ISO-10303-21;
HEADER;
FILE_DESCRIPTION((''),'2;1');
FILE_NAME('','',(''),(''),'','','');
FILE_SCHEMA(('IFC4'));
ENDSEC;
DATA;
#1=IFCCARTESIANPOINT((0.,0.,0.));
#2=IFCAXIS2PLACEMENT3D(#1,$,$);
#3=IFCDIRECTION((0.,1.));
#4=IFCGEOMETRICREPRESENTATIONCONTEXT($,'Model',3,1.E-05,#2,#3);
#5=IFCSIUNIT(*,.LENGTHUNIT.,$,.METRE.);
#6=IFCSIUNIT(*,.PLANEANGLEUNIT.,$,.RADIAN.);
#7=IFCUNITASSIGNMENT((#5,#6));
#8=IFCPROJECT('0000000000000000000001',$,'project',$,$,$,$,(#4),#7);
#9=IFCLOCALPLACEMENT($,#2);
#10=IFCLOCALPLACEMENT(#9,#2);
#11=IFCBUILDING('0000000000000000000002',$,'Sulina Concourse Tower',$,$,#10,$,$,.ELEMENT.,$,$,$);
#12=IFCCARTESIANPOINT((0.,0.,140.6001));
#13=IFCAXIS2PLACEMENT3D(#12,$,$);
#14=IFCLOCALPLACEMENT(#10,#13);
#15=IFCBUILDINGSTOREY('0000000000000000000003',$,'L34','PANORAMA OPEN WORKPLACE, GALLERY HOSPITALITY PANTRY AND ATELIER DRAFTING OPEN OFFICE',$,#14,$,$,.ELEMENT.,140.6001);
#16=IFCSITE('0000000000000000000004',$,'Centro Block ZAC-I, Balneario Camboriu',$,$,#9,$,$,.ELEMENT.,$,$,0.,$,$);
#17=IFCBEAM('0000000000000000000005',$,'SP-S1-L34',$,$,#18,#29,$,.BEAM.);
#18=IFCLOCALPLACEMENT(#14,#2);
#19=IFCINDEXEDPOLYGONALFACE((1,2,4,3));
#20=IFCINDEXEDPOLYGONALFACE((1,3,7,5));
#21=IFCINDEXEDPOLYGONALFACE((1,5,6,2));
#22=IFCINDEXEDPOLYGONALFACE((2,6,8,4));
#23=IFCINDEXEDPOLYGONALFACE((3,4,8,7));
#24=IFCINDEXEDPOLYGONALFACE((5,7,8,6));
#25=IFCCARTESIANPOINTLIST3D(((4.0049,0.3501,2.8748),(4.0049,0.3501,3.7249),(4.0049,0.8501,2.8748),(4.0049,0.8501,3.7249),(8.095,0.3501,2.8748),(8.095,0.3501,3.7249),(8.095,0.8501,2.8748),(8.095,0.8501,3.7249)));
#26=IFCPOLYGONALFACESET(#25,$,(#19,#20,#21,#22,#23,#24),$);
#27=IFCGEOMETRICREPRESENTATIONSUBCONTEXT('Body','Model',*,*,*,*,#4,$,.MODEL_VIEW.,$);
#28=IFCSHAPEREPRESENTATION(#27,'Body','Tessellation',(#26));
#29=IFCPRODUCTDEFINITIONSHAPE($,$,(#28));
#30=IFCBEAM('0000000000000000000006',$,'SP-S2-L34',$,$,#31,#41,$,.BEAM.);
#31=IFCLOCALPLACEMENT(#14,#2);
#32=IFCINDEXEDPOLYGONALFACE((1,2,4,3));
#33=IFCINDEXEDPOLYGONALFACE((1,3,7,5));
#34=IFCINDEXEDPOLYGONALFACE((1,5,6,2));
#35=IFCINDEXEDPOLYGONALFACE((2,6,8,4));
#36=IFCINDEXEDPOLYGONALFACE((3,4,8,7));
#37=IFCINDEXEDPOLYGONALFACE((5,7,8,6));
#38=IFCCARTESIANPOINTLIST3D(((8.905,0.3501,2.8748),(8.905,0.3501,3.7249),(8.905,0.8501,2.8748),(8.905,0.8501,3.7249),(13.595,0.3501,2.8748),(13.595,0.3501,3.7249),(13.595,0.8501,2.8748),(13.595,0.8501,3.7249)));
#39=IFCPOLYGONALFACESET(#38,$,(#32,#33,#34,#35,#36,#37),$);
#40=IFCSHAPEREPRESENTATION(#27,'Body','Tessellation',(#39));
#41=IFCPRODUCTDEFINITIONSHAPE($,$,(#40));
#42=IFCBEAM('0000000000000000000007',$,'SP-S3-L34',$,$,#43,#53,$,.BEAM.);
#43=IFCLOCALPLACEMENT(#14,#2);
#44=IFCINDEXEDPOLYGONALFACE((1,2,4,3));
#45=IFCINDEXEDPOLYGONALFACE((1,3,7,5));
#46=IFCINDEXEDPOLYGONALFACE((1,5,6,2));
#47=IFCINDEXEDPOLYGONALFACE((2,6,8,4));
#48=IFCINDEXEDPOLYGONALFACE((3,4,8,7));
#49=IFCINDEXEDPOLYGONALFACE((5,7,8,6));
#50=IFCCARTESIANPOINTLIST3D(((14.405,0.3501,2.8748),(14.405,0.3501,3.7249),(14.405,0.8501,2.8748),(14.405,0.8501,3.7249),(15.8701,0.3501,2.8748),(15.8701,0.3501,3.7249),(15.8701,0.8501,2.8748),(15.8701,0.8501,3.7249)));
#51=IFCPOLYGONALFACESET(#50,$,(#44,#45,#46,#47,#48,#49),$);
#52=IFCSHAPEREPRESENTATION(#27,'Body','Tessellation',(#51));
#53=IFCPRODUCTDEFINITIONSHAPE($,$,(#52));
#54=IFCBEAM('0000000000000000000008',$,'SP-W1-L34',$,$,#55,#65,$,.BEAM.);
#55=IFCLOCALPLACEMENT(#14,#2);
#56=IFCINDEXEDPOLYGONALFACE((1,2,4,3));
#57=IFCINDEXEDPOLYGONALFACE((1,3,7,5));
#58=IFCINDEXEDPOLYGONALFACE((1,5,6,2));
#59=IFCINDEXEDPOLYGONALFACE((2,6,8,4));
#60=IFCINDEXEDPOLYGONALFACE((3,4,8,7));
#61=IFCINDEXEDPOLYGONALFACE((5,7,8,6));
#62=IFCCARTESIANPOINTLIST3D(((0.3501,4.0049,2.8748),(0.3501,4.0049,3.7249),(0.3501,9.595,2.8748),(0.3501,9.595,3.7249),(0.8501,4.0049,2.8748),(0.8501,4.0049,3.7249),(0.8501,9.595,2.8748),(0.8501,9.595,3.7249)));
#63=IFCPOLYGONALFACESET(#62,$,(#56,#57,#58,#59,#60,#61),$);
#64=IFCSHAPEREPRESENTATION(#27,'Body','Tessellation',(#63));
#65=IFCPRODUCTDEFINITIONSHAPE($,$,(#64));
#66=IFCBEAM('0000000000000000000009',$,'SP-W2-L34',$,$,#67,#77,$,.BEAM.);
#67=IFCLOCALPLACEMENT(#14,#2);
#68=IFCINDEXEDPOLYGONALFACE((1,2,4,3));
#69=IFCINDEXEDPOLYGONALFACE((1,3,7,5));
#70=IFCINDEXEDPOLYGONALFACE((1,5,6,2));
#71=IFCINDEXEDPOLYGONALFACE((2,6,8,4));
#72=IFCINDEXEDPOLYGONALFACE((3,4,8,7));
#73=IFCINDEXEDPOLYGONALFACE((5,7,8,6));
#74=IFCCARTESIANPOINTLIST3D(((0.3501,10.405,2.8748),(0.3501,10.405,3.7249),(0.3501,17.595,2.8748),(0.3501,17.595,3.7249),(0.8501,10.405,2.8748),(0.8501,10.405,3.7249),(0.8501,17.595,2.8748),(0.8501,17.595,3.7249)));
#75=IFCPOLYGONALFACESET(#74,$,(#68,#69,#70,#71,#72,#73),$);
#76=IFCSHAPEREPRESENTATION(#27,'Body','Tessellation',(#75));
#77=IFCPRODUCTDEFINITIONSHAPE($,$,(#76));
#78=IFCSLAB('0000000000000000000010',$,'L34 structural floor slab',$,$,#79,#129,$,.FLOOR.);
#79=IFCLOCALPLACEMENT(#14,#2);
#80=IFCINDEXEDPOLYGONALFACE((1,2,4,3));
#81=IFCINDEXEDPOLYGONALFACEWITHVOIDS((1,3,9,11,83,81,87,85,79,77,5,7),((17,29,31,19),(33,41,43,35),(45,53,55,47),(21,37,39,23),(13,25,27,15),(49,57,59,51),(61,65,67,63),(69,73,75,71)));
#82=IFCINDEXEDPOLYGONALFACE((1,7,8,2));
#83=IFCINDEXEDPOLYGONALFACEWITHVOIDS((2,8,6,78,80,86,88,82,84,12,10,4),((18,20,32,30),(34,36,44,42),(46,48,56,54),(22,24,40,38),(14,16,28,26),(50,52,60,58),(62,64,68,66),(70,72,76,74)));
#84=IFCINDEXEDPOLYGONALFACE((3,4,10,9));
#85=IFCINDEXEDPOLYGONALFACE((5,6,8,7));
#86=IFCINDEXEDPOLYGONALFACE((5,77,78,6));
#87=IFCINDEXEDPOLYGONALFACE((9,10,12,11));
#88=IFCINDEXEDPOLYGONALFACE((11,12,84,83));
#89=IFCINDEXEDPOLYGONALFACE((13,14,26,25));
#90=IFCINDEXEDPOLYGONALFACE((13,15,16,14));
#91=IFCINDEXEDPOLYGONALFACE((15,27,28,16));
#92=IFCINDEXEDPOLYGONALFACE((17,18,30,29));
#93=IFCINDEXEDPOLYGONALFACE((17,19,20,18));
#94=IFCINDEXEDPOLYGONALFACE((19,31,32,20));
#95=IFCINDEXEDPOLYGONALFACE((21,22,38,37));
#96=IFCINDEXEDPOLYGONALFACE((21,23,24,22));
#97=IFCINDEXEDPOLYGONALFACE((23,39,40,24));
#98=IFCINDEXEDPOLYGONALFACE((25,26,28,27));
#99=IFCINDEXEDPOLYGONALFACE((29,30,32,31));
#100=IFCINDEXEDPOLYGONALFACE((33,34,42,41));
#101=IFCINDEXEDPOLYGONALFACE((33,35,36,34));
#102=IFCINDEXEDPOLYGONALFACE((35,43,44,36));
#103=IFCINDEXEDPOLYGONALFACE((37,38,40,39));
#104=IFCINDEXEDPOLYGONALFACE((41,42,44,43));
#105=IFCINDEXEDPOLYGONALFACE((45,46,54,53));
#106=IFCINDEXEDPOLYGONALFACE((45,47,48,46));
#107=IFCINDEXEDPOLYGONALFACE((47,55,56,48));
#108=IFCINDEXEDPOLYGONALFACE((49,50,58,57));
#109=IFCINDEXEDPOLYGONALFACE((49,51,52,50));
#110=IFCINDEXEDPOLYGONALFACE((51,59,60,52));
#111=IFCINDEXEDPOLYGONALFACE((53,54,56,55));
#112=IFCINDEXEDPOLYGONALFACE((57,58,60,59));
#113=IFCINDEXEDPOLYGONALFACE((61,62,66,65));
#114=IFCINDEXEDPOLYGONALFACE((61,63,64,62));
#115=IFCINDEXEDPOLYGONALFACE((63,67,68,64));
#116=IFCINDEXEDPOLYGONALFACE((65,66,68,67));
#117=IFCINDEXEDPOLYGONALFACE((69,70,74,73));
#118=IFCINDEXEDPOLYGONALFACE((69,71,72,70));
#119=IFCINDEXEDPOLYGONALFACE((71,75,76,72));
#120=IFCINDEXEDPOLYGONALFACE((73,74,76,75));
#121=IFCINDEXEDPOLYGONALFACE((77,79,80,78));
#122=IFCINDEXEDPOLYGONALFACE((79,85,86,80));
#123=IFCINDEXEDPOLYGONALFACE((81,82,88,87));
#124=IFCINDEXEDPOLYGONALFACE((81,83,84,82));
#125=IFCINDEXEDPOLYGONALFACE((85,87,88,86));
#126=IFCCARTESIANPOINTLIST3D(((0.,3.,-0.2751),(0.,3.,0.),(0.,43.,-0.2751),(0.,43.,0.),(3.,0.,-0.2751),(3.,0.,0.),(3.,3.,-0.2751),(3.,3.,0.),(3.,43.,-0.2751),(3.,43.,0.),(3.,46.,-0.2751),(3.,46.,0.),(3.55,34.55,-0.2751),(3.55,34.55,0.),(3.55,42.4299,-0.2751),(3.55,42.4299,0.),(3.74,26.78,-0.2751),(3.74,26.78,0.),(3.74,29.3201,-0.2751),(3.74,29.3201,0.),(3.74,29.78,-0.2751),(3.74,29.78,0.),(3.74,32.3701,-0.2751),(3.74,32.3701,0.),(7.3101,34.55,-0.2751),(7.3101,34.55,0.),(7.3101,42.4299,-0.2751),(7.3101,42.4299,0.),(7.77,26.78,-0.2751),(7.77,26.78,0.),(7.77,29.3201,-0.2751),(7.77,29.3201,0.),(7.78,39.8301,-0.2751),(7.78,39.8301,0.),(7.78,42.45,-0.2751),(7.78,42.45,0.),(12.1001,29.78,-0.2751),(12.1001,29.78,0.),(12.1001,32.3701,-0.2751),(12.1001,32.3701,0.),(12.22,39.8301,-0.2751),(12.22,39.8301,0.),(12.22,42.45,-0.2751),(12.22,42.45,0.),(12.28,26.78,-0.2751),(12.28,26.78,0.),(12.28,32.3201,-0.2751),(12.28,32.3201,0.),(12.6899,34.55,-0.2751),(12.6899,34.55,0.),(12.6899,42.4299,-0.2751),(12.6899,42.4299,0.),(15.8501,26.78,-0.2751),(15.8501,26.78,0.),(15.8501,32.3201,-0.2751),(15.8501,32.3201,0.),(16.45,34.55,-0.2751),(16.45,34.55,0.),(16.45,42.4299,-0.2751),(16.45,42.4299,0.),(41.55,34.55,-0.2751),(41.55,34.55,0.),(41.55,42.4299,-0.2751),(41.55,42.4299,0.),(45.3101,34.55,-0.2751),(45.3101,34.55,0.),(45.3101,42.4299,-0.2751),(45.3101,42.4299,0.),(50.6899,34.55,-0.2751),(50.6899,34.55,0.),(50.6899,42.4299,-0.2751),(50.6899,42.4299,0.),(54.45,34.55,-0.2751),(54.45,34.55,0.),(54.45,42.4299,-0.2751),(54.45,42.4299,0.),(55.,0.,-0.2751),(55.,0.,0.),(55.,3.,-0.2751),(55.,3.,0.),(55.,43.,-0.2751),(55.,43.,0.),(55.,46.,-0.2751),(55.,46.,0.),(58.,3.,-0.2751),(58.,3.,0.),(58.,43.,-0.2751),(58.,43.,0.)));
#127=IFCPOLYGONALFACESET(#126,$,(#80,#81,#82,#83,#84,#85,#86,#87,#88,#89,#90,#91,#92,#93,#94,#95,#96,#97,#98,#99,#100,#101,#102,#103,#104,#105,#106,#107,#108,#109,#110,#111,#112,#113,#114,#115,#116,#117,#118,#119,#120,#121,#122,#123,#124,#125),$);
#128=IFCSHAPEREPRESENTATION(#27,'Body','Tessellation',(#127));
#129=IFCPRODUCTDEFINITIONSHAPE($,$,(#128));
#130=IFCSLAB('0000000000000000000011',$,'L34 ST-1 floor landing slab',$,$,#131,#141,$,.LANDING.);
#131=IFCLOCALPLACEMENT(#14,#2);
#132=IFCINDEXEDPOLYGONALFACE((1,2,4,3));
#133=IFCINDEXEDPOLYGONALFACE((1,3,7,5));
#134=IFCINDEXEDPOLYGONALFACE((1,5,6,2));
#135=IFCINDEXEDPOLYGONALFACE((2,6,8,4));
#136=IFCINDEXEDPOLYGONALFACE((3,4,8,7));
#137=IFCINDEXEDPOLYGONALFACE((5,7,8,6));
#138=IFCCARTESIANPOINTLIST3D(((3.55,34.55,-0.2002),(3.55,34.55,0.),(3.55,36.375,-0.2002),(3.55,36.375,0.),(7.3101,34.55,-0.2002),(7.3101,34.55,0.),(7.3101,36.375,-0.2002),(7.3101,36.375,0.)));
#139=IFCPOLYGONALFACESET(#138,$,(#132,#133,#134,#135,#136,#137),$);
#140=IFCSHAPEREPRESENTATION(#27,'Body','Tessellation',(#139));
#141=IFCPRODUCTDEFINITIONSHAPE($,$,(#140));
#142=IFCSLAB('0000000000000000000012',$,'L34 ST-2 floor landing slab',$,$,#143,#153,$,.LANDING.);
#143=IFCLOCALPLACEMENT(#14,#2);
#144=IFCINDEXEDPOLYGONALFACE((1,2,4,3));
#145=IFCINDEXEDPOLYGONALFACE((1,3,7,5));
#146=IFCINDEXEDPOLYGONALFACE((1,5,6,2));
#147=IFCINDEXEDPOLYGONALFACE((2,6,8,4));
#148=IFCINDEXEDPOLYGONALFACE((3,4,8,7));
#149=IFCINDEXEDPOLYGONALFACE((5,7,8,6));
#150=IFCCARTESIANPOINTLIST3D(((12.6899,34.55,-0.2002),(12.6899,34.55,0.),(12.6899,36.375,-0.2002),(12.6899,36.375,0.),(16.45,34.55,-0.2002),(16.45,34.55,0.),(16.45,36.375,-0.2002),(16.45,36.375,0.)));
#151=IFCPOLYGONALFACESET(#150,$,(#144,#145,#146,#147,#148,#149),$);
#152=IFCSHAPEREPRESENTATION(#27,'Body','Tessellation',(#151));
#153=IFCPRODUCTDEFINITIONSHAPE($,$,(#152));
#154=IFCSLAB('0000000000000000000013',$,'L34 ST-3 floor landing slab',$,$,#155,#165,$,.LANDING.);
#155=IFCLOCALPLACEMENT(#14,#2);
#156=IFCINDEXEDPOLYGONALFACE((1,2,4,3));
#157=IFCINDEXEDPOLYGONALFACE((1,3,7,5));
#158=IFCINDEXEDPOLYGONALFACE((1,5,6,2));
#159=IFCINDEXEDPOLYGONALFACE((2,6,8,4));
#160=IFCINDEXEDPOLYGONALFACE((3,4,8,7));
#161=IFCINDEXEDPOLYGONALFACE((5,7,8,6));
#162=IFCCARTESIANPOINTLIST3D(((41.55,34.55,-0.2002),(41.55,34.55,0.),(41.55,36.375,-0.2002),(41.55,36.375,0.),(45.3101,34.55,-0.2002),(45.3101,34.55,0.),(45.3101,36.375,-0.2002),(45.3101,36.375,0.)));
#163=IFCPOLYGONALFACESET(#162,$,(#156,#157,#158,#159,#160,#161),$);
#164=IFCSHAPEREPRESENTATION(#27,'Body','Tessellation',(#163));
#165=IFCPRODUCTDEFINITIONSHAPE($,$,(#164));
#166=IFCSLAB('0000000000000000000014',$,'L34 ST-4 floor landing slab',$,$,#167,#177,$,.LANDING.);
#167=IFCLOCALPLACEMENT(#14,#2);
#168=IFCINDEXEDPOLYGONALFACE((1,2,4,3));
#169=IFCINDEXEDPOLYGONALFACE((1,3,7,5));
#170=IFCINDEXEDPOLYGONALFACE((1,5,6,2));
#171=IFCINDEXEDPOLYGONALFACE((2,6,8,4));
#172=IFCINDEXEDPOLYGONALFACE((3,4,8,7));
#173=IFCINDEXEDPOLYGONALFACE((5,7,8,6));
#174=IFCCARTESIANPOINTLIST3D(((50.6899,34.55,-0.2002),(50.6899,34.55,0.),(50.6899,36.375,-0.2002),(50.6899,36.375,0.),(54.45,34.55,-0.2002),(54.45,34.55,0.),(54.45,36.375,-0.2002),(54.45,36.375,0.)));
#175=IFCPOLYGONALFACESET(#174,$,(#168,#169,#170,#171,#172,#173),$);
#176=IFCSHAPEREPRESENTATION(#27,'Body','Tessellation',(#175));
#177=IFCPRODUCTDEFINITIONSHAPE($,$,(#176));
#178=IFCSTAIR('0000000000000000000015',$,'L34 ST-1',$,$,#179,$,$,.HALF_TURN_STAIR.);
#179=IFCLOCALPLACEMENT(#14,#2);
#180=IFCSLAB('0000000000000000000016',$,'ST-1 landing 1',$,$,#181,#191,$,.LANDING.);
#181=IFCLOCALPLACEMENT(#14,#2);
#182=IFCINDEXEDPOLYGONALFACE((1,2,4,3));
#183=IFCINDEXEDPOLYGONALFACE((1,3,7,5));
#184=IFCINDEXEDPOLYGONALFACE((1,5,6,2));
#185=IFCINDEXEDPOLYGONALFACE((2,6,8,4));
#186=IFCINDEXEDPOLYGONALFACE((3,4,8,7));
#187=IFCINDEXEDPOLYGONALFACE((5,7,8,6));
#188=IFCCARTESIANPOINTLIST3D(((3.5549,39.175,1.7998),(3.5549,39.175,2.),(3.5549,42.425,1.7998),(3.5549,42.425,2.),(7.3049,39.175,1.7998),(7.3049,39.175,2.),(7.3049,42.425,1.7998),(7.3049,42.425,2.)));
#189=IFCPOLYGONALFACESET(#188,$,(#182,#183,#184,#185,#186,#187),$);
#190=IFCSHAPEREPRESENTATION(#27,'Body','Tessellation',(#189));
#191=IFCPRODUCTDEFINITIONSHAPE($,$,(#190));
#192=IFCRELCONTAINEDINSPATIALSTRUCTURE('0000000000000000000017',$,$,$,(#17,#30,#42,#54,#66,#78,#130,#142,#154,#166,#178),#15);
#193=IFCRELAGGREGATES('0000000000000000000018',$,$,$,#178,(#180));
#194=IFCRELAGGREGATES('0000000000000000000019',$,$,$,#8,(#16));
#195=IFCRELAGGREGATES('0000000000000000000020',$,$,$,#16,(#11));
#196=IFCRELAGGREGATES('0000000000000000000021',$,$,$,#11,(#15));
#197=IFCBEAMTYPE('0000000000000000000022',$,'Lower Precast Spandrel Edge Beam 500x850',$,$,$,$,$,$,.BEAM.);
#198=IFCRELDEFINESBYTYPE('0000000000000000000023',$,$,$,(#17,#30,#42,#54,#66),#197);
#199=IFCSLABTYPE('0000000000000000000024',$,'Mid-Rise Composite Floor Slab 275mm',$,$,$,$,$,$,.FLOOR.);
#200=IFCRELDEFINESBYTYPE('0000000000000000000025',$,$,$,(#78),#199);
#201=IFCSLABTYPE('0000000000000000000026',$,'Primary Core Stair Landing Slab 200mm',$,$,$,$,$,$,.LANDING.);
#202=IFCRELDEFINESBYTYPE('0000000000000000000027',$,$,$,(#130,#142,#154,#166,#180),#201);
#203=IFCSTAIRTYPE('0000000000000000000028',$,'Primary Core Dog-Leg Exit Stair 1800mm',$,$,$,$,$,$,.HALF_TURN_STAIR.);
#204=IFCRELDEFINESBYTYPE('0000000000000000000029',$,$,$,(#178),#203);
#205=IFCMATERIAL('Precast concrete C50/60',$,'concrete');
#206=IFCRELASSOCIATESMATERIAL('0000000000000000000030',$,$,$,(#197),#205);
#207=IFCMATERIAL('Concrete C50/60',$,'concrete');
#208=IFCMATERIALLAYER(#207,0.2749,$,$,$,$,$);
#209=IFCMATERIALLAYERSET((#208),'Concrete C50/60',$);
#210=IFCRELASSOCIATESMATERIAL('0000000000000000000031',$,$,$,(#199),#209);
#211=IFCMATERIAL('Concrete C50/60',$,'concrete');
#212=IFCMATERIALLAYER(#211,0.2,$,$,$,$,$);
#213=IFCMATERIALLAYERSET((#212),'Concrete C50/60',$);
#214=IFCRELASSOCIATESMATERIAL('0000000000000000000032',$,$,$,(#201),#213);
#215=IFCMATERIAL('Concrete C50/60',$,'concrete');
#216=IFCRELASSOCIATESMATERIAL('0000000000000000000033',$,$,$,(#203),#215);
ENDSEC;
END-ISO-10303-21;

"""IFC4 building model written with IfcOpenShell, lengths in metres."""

from ifc_helpers import new_model, si_unit, direction, frame, origin, origin_2d, place, context, subcontext, project, spatial, polyline, rectangle, outline, extrude, material, layer, layer_set, material_profile, profile_set, type_object, element, aggregate, save


model = new_model("IFC4")

# Units and contexts
model_context = context("Model", 3, precision=1e-05, world=origin(), true_north=direction((0.0, 1.0)))
body_context = subcontext(model_context, "Body", "Model", "MODEL_VIEW")
ifc_project = project(units=[si_unit("LENGTHUNIT", "METRE"), si_unit("PLANEANGLEUNIT", "RADIAN")], contexts=[model_context])

# Site, building, storey
site_placement = place(None, origin())
site = spatial("IfcSite", under=ifc_project, at=site_placement, Name="Centro Block ZAC-I, Balneario Camboriu", CompositionType="ELEMENT", RefElevation=0.0)
building_placement = place(site_placement, origin())
building = spatial("IfcBuilding", under=site, at=building_placement, Name="Sulina Concourse Tower", CompositionType="ELEMENT")
storey_placement = place(building_placement, frame((0.0, 0.0, 140.6001)))
storey = spatial("IfcBuildingStorey", under=building, at=storey_placement, Name="L34", Description="PANORAMA OPEN WORKPLACE, GALLERY HOSPITALITY PANTRY AND ATELIER DRAFTING OPEN OFFICE", CompositionType="ELEMENT", Elevation=140.6001)

# Beams
ifc_material_1 = material(Name="Precast concrete C50/60", Category="concrete")
ifc_material_profile_1 = material_profile(ifc_material_1, rectangle(XDim=0.5, YDim=0.8501, at=origin_2d()), Name="RC 500x850")
ifc_profile_set_1 = profile_set([ifc_material_profile_1], Name="Precast concrete C50/60")
beam_type_1 = type_object("IfcBeamType", Name="Lower Precast Spandrel Edge Beam 500x850", PredefinedType="BEAM", material=ifc_profile_set_1)
beam_1_placement = place(storey_placement, frame((4.0049, 0.6001, 3.2998), z_axis=(1.0, 0.0, 0.0), x_axis=(0.0, 1.0, 0.0)))
element("IfcBeam", 1, at=beam_1_placement, inside=storey, type_object=beam_type_1, Name="SP-S1-L34", PredefinedType="BEAM", context=body_context, shape_type="SweptSolid", body=[
    extrude(rectangle(XDim=0.5, YDim=0.8501, at=origin_2d()), origin(), (0.0, 0.0, 1.0), 4.0901),
])
beam_2_placement = place(storey_placement, frame((8.905, 0.6001, 3.2998), z_axis=(1.0, 0.0, 0.0), x_axis=(0.0, 1.0, 0.0)))
element("IfcBeam", 2, at=beam_2_placement, inside=storey, type_object=beam_type_1, Name="SP-S2-L34", PredefinedType="BEAM", context=body_context, shape_type="SweptSolid", body=[
    extrude(rectangle(XDim=0.5, YDim=0.8501, at=origin_2d()), origin(), (0.0, 0.0, 1.0), 4.6899),
])
beam_3_placement = place(storey_placement, frame((14.405, 0.6001, 3.2998), z_axis=(1.0, 0.0, 0.0), x_axis=(0.0, 1.0, 0.0)))
element("IfcBeam", 3, at=beam_3_placement, inside=storey, type_object=beam_type_1, Name="SP-S3-L34", PredefinedType="BEAM", context=body_context, shape_type="SweptSolid", body=[
    extrude(rectangle(XDim=0.5, YDim=0.8501, at=origin_2d()), origin(), (0.0, 0.0, 1.0), 1.4651),
])
beam_4_placement = place(storey_placement, frame((0.6001, 4.0049, 3.2998), z_axis=(0.0, 1.0, 0.0), x_axis=(-1.0, 0.0, 0.0)))
element("IfcBeam", 4, at=beam_4_placement, inside=storey, type_object=beam_type_1, Name="SP-W1-L34", PredefinedType="BEAM", context=body_context, shape_type="SweptSolid", body=[
    extrude(rectangle(XDim=0.5, YDim=0.8501, at=origin_2d()), origin(), (0.0, 0.0, 1.0), 5.5901),
])
beam_5_placement = place(storey_placement, frame((0.6001, 10.405, 3.2998), z_axis=(0.0, 1.0, 0.0), x_axis=(-1.0, 0.0, 0.0)))
element("IfcBeam", 5, at=beam_5_placement, inside=storey, type_object=beam_type_1, Name="SP-W2-L34", PredefinedType="BEAM", context=body_context, shape_type="SweptSolid", body=[
    extrude(rectangle(XDim=0.5, YDim=0.8501, at=origin_2d()), origin(), (0.0, 0.0, 1.0), 7.1899),
])

# Slabs
ifc_material_2 = material(Name="Concrete C50/60", Category="concrete")
ifc_layer_1 = layer(ifc_material_2, 0.2749)
ifc_layer_set_1 = layer_set([ifc_layer_1], Name="Concrete C50/60")
slab_type_1 = type_object("IfcSlabType", Name="Mid-Rise Composite Floor Slab 275mm", PredefinedType="FLOOR", material=ifc_layer_set_1)
slab_1_placement = place(storey_placement, frame((0.0, 0.0, -0.2751)))
element("IfcSlab", 6, at=slab_1_placement, inside=storey, type_object=slab_type_1, Name="L34 structural floor slab", PredefinedType="FLOOR", context=body_context, shape_type="SweptSolid", body=[
    extrude(outline(polyline([(3.0, 0.0), (55.0, 0.0), (55.0, 3.0), (58.0, 3.0), (58.0, 43.0), (55.0, 43.0), (55.0, 46.0), (3.0, 46.0), (3.0, 43.0), (0.0, 43.0), (0.0, 3.0), (3.0, 3.0), (3.0, 0.0)]), holes=[polyline([(7.3101, 34.55), (7.3101, 42.4299), (3.55, 42.4299), (3.55, 34.55), (7.3101, 34.55)]), polyline([(16.45, 34.55), (16.45, 42.4299), (12.6899, 42.4299), (12.6899, 34.55), (16.45, 34.55)]), polyline([(45.3101, 34.55), (45.3101, 42.4299), (41.55, 42.4299), (41.55, 34.55), (45.3101, 34.55)]), polyline([(54.45, 34.55), (54.45, 42.4299), (50.6899, 42.4299), (50.6899, 34.55), (54.45, 34.55)]), polyline([(7.78, 39.8301), (12.22, 39.8301), (12.22, 42.45), (7.78, 42.45), (7.78, 39.8301)]), polyline([(3.74, 26.78), (7.77, 26.78), (7.77, 29.3201), (3.74, 29.3201), (3.74, 26.78)]), polyline([(3.74, 29.78), (12.1001, 29.78), (12.1001, 32.3701), (3.74, 32.3701), (3.74, 29.78)]), polyline([(12.28, 26.78), (15.8501, 26.78), (15.8501, 32.3201), (12.28, 32.3201), (12.28, 26.78)])]), origin(), (0.0, 0.0, 1.0), 0.2751),
])
ifc_material_3 = material(Name="Concrete C50/60", Category="concrete")
ifc_layer_2 = layer(ifc_material_3, 0.2)
ifc_layer_set_2 = layer_set([ifc_layer_2], Name="Concrete C50/60")
slab_type_2 = type_object("IfcSlabType", Name="Primary Core Stair Landing Slab 200mm", PredefinedType="LANDING", material=ifc_layer_set_2)
slab_2_placement = place(storey_placement, frame((0.0, 0.0, -0.2002)))
element("IfcSlab", 7, at=slab_2_placement, inside=storey, type_object=slab_type_2, Name="L34 ST-1 floor landing slab", PredefinedType="LANDING", context=body_context, shape_type="SweptSolid", body=[
    extrude(outline(polyline([(7.3101, 34.55), (7.3101, 36.375), (3.55, 36.375), (3.55, 34.55), (7.3101, 34.55)])), origin(), (0.0, 0.0, 1.0), 0.2002),
])
slab_3_placement = place(storey_placement, frame((0.0, 0.0, -0.2002)))
element("IfcSlab", 8, at=slab_3_placement, inside=storey, type_object=slab_type_2, Name="L34 ST-2 floor landing slab", PredefinedType="LANDING", context=body_context, shape_type="SweptSolid", body=[
    extrude(outline(polyline([(16.45, 34.55), (16.45, 36.375), (12.6899, 36.375), (12.6899, 34.55), (16.45, 34.55)])), origin(), (0.0, 0.0, 1.0), 0.2002),
])
slab_4_placement = place(storey_placement, frame((0.0, 0.0, -0.2002)))
element("IfcSlab", 9, at=slab_4_placement, inside=storey, type_object=slab_type_2, Name="L34 ST-3 floor landing slab", PredefinedType="LANDING", context=body_context, shape_type="SweptSolid", body=[
    extrude(outline(polyline([(45.3101, 34.55), (45.3101, 36.375), (41.55, 36.375), (41.55, 34.55), (45.3101, 34.55)])), origin(), (0.0, 0.0, 1.0), 0.2002),
])
slab_5_placement = place(storey_placement, frame((0.0, 0.0, -0.2002)))
element("IfcSlab", 10, at=slab_5_placement, inside=storey, type_object=slab_type_2, Name="L34 ST-4 floor landing slab", PredefinedType="LANDING", context=body_context, shape_type="SweptSolid", body=[
    extrude(outline(polyline([(54.45, 34.55), (54.45, 36.375), (50.6899, 36.375), (50.6899, 34.55), (54.45, 34.55)])), origin(), (0.0, 0.0, 1.0), 0.2002),
])

# Stair, slab
ifc_material_4 = material(Name="Concrete C50/60", Category="concrete")
stair_type_1 = type_object("IfcStairType", Name="Primary Core Dog-Leg Exit Stair 1800mm", PredefinedType="HALF_TURN_STAIR", material=ifc_material_4)
stair_1_placement = place(storey_placement, origin())
stair_1 = element("IfcStair", 11, at=stair_1_placement, inside=storey, type_object=stair_type_1, Name="L34 ST-1", PredefinedType="HALF_TURN_STAIR")
slab_6_placement = place(storey_placement, frame((0.0, 0.0, 1.7998)))
slab_6 = element("IfcSlab", 12, at=slab_6_placement, type_object=slab_type_2, Name="ST-1 landing 1", PredefinedType="LANDING", context=body_context, shape_type="SweptSolid", body=[
    extrude(outline(polyline([(7.3049, 39.175), (7.3049, 42.425), (3.5549, 42.425), (3.5549, 39.175), (7.3049, 39.175)])), origin(), (0.0, 0.0, 1.0), 0.2002),
])
aggregate(stair_1, [slab_6])

save(model, "model.ifc")
